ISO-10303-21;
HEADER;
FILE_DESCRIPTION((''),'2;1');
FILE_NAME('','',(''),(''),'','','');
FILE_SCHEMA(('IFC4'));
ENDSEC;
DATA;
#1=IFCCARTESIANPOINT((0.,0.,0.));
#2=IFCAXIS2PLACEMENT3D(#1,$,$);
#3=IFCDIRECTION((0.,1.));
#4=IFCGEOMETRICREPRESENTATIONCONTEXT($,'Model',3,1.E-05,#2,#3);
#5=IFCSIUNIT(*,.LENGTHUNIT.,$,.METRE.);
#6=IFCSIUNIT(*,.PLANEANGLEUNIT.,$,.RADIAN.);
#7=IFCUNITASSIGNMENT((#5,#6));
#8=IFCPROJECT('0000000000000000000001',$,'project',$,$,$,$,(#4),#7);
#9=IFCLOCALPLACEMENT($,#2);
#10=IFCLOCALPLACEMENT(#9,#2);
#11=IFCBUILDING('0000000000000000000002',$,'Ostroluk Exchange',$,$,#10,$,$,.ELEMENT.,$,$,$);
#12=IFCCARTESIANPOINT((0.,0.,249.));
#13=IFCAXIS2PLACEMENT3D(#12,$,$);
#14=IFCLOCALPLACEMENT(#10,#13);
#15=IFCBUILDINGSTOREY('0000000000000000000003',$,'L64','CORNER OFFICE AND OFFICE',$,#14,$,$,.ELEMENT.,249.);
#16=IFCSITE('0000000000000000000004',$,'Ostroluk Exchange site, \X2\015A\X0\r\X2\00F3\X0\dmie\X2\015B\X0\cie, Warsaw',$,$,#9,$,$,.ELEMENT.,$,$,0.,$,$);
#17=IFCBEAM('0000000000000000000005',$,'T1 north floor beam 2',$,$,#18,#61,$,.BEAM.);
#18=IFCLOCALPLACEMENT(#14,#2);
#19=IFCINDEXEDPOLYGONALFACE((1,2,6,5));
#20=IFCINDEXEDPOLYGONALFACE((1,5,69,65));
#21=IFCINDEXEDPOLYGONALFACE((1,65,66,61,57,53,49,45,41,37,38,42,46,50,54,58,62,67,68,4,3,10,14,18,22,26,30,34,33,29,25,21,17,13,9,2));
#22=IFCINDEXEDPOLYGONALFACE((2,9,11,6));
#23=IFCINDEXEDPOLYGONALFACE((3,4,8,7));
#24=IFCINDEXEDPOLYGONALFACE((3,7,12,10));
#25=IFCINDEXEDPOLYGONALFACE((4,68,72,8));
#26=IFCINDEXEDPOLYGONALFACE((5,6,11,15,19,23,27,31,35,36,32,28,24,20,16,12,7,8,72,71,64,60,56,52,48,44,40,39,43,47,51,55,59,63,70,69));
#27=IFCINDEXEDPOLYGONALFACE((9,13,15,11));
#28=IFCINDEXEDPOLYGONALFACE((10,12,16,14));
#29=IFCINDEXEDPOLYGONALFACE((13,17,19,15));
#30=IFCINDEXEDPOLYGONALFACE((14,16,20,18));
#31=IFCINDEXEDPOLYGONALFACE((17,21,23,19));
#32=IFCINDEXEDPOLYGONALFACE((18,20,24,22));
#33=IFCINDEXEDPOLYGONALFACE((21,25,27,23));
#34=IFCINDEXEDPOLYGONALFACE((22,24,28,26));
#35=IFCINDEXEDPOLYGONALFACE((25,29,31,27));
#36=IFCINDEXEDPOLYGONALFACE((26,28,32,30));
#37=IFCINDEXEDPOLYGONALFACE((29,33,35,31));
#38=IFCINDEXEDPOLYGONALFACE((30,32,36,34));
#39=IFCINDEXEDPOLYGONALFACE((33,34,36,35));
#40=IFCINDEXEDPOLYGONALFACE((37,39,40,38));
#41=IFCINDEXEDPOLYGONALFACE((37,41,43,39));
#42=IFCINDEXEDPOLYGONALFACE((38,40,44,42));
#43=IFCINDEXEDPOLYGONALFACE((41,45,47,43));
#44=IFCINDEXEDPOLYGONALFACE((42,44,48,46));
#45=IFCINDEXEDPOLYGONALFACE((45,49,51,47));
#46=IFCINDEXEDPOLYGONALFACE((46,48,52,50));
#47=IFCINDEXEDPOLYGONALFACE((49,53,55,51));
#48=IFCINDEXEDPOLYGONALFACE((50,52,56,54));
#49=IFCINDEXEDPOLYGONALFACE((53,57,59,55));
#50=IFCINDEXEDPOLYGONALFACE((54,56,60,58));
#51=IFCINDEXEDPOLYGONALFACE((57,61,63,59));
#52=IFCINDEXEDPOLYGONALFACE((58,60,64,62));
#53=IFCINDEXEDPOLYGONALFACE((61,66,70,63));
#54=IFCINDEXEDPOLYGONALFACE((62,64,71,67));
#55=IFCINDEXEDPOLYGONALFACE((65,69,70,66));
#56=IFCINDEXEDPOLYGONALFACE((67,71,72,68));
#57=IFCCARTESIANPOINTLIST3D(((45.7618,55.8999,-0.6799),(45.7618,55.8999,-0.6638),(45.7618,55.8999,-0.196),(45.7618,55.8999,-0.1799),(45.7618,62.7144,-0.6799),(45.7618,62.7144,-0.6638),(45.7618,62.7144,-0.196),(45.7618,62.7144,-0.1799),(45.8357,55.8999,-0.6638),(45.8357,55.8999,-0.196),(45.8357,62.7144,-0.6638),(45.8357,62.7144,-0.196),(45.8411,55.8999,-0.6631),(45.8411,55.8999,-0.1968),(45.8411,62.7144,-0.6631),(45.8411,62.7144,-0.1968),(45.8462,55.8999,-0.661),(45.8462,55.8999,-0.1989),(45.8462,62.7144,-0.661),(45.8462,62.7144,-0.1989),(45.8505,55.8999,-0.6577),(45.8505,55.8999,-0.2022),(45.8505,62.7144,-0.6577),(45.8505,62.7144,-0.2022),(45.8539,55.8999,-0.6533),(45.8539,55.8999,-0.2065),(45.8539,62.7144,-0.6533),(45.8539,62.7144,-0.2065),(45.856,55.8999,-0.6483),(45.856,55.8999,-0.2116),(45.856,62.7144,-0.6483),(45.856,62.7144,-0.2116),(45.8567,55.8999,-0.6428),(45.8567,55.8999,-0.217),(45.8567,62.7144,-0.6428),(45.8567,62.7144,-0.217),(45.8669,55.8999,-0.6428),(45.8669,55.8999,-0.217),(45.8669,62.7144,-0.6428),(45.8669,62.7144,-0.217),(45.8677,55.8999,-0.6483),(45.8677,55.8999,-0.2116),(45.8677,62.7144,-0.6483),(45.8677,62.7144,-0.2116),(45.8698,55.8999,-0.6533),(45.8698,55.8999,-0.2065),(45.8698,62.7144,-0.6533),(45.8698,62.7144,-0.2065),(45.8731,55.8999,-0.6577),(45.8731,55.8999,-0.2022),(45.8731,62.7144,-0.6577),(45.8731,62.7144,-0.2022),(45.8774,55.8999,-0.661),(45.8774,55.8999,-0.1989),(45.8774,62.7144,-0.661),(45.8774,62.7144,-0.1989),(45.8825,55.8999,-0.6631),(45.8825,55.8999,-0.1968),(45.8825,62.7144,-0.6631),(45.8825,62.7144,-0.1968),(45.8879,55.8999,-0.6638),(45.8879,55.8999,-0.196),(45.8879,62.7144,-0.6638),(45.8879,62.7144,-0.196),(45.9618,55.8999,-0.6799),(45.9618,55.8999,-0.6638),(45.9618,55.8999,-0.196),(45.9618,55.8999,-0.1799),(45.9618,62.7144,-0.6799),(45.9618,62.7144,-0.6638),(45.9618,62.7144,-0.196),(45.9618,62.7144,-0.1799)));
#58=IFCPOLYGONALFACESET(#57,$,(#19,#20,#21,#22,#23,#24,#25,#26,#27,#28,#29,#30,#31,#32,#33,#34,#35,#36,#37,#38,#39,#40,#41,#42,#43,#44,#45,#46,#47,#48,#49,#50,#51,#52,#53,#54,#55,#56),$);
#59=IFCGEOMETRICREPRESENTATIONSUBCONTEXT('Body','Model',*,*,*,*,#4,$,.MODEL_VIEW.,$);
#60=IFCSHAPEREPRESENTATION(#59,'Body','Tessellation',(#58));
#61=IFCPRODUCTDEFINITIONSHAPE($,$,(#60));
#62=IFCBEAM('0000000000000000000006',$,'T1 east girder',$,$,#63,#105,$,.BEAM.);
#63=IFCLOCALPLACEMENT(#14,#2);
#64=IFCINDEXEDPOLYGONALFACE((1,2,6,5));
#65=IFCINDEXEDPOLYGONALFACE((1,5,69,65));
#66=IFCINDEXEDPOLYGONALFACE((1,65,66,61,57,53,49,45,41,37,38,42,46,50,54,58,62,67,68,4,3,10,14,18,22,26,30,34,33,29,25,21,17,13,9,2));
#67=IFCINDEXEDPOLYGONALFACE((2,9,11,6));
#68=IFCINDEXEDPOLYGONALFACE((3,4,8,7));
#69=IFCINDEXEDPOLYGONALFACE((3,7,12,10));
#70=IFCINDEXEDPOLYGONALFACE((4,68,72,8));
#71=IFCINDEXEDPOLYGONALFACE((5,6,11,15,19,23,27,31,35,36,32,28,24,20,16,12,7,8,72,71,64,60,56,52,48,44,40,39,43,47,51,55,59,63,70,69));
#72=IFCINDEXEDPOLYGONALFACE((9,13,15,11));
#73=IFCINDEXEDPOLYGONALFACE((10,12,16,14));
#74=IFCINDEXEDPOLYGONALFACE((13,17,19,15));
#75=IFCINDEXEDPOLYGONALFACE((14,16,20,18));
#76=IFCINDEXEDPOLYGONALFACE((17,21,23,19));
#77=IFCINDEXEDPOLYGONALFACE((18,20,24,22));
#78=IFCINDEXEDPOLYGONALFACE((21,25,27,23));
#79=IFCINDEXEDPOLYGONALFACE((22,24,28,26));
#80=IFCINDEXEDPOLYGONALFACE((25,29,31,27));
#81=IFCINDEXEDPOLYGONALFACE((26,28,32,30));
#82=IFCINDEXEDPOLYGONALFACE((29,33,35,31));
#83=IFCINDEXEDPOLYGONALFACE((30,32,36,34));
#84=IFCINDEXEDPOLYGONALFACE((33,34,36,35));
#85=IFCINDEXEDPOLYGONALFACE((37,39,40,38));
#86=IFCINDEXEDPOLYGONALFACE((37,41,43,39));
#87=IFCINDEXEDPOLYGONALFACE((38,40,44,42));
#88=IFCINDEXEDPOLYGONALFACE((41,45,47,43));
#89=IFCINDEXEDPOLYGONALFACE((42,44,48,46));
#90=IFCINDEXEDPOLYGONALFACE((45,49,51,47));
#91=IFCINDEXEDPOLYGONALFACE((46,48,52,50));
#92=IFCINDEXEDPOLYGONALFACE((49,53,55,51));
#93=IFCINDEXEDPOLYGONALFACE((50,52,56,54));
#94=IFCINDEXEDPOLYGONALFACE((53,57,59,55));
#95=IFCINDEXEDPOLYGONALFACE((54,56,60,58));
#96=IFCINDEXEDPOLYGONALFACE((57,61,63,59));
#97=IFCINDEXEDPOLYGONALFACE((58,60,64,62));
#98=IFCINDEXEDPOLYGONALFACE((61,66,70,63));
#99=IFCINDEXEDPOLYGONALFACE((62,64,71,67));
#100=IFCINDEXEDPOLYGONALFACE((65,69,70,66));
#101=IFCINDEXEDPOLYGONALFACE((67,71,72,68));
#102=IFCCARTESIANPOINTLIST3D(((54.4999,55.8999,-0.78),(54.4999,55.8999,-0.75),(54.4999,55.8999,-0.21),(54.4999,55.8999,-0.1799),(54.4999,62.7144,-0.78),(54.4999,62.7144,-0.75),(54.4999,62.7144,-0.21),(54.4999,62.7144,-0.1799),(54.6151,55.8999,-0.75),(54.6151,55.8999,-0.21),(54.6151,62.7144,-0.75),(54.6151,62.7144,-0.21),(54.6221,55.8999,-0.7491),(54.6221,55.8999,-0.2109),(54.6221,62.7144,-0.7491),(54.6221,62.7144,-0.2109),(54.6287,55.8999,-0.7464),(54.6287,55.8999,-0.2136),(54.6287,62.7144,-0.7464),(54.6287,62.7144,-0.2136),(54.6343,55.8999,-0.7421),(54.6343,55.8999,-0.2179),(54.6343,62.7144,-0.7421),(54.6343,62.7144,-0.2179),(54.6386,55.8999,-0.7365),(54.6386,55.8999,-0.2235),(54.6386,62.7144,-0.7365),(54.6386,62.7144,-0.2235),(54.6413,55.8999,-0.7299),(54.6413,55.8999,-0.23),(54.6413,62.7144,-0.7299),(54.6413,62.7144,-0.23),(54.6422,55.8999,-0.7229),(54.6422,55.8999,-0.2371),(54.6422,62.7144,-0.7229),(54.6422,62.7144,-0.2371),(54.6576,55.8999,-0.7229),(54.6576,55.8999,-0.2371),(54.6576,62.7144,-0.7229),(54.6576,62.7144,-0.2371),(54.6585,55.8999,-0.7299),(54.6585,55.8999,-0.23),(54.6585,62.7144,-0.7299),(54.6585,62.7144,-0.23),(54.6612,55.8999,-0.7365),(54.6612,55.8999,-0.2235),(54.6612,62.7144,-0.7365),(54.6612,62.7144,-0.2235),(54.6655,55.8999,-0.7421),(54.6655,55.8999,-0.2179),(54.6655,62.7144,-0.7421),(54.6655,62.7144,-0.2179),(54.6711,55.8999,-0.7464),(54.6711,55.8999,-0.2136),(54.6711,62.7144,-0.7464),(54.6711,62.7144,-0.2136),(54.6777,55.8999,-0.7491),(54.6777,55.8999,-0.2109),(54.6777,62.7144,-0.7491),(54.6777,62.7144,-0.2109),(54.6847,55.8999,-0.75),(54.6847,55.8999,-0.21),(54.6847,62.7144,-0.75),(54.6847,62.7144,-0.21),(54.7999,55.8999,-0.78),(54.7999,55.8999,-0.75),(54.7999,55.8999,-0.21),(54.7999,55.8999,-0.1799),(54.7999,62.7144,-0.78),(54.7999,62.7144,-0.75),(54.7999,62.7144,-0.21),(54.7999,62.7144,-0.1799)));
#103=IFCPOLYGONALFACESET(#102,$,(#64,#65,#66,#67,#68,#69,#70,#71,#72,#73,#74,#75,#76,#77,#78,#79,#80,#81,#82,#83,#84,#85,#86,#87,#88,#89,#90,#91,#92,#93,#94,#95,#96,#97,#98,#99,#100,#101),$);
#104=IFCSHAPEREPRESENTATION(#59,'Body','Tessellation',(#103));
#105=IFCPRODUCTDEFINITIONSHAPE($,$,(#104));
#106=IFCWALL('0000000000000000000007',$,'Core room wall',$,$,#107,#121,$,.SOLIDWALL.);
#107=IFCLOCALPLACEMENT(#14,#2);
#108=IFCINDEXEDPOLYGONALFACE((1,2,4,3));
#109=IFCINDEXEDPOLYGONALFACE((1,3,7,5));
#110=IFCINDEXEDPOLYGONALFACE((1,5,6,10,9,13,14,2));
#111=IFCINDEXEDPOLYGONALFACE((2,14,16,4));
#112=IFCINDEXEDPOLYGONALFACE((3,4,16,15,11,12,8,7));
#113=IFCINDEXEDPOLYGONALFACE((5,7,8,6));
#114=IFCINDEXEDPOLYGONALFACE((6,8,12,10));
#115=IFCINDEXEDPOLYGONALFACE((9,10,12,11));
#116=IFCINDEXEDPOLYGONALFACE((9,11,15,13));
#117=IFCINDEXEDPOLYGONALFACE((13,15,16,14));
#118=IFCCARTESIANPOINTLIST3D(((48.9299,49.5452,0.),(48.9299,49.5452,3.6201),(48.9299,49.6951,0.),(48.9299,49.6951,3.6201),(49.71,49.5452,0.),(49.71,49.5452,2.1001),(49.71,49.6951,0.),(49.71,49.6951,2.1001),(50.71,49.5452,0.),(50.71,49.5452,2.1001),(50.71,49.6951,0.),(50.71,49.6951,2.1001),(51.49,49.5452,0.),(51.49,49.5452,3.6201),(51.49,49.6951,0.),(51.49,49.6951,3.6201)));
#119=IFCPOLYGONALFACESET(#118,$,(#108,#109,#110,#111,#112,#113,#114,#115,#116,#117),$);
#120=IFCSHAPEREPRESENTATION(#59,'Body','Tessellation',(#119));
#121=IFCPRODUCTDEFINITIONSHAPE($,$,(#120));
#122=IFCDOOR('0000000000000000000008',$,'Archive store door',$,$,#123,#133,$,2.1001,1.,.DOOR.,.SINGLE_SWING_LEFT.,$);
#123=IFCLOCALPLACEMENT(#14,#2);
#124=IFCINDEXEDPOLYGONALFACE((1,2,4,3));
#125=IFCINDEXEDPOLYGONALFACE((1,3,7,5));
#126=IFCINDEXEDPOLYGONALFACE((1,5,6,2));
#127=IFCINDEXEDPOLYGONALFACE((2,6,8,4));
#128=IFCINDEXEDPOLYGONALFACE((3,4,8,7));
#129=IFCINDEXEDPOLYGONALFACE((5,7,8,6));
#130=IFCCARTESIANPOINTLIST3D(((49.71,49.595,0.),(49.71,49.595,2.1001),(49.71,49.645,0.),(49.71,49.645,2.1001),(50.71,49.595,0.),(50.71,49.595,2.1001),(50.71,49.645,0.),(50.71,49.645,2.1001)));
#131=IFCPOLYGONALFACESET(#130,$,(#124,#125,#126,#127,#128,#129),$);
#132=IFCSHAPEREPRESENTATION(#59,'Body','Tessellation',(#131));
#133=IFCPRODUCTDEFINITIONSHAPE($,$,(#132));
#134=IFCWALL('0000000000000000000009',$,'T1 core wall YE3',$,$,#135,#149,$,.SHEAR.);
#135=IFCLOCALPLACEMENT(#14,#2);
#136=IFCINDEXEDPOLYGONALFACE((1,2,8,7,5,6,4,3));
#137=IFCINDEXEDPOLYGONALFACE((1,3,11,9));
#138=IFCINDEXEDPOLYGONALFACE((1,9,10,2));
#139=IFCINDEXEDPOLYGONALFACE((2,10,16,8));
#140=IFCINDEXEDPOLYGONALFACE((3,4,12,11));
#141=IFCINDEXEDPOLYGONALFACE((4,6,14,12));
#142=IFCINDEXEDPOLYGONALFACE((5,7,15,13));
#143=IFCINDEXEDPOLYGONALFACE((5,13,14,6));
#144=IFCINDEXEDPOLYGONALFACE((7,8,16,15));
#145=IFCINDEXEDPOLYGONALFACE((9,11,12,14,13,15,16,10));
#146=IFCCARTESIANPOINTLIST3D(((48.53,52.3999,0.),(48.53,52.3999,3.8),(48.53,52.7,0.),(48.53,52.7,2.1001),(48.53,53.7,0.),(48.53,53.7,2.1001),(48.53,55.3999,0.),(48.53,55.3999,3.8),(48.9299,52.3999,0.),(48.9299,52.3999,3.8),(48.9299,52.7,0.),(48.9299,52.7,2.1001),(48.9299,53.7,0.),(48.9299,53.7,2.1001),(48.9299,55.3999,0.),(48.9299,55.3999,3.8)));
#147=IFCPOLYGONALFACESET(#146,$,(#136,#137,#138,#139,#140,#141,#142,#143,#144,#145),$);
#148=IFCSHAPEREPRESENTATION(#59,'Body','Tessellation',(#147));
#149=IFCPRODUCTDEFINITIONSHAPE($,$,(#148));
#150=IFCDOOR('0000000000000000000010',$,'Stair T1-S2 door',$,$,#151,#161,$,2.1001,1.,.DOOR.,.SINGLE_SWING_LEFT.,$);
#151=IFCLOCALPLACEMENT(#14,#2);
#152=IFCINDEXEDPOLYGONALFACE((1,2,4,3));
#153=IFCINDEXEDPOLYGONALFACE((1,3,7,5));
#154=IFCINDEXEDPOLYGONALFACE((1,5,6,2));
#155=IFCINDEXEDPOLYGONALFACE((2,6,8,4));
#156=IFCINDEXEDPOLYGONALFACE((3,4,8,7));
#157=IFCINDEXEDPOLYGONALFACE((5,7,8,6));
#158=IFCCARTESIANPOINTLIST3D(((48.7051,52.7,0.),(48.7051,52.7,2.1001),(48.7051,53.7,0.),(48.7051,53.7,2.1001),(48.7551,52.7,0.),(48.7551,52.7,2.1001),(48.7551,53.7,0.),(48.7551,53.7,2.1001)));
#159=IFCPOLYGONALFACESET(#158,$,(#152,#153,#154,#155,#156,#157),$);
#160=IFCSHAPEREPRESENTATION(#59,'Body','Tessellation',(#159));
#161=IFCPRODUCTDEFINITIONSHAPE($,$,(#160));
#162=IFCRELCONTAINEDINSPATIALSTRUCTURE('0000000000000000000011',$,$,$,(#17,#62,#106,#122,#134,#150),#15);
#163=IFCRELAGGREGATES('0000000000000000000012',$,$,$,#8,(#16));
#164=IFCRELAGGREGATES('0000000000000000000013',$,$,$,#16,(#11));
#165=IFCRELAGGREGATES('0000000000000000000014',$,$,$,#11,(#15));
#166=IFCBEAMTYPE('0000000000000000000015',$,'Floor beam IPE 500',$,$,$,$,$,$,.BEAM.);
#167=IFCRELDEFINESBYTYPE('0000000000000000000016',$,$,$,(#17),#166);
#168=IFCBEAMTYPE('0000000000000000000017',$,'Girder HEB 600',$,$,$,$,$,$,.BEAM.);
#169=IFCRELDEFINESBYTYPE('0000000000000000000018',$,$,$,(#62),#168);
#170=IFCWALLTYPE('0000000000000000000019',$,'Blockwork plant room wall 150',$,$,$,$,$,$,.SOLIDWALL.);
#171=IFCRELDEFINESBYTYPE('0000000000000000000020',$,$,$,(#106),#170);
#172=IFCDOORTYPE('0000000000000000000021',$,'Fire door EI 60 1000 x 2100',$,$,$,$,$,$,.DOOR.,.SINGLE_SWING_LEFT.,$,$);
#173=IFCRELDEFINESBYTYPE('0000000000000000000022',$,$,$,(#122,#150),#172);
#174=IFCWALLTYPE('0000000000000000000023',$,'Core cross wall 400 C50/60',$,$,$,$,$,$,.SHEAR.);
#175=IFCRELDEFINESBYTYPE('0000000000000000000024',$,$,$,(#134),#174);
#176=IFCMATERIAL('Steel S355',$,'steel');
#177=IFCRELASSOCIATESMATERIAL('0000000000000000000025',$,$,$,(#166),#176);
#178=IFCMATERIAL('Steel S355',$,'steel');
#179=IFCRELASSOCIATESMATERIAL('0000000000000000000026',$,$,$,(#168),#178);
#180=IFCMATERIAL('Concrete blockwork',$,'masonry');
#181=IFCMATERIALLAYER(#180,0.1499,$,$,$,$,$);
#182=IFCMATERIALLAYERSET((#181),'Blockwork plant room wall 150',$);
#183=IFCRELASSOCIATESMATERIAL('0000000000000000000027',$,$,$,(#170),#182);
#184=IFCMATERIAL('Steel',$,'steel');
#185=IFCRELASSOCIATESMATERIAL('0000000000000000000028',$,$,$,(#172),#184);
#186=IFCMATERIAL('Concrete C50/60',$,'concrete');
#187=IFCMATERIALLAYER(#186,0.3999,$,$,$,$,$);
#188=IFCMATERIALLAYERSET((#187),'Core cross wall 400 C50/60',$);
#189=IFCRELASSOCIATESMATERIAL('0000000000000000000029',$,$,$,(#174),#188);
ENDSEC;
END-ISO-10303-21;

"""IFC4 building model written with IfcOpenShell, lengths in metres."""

from ifc_helpers import new_model, si_unit, direction, frame, frame_2d, origin, origin_2d, place, context, subcontext, project, spatial, rectangle, i_section, extrude, material, layer, layer_set, material_profile, profile_set, type_object, element, fill, save


model = new_model("IFC4")

# Units and contexts
model_context = context("Model", 3, precision=1e-05, world=origin(), true_north=direction((0.0, 1.0)))
body_context = subcontext(model_context, "Body", "Model", "MODEL_VIEW")
ifc_project = project(units=[si_unit("LENGTHUNIT", "METRE"), si_unit("PLANEANGLEUNIT", "RADIAN")], contexts=[model_context])

# Site, building, storey
site_placement = place(None, origin())
site = spatial("IfcSite", under=ifc_project, at=site_placement, Name="Ostroluk Exchange site, Śródmieście, Warsaw", CompositionType="ELEMENT", RefElevation=0.0)
building_placement = place(site_placement, origin())
building = spatial("IfcBuilding", under=site, at=building_placement, Name="Ostroluk Exchange", CompositionType="ELEMENT")
storey_placement = place(building_placement, frame((0.0, 0.0, 249.0)))
storey = spatial("IfcBuildingStorey", under=building, at=storey_placement, Name="L64", Description="CORNER OFFICE AND OFFICE", CompositionType="ELEMENT", Elevation=249.0)

# Beams
ifc_material_1 = material(Name="Steel S355", Category="steel")
ifc_material_profile_1 = material_profile(ifc_material_1, i_section(OverallWidth=0.2, OverallDepth=0.5, WebThickness=0.0103, FlangeThickness=0.0161, FilletRadius=0.021, at=origin_2d()), Name="IPE 500")
ifc_profile_set_1 = profile_set([ifc_material_profile_1], Name="Steel S355")
beam_type_1 = type_object("IfcBeamType", Name="Floor beam IPE 500", PredefinedType="BEAM", material=ifc_profile_set_1)
for number, where, z_axis, x_axis, name in (
    (1, (45.8618, 55.8999, -0.4299), (0.0, 1.0, 0.0), (-1.0, 0.0, 0.0), "T1 north floor beam 2"),
):
    element("IfcBeam", number, at=place(storey_placement, frame(where, z_axis=z_axis, x_axis=x_axis)), inside=storey, type_object=beam_type_1, Name=name, PredefinedType="BEAM", context=body_context, shape_type="SweptSolid", body=[
        extrude(i_section(OverallWidth=0.2, OverallDepth=0.5, WebThickness=0.0103, FlangeThickness=0.0161, FilletRadius=0.021, at=origin_2d()), origin(), (0.0, 0.0, 1.0), 6.8145),
    ])
ifc_material_2 = material(Name="Steel S355", Category="steel")
ifc_material_profile_2 = material_profile(ifc_material_2, i_section(OverallWidth=0.3, OverallDepth=0.6001, WebThickness=0.0154, FlangeThickness=0.03, FilletRadius=0.0271, at=origin_2d()), Name="HEB 600")
ifc_profile_set_2 = profile_set([ifc_material_profile_2], Name="Steel S355")
beam_type_2 = type_object("IfcBeamType", Name="Girder HEB 600", PredefinedType="BEAM", material=ifc_profile_set_2)
beam_placement = place(storey_placement, frame((54.6499, 55.8999, -0.48), z_axis=(0.0, 1.0, 0.0), x_axis=(-1.0, 0.0, 0.0)))
element("IfcBeam", 2, at=beam_placement, inside=storey, type_object=beam_type_2, Name="T1 east girder", PredefinedType="BEAM", context=body_context, shape_type="SweptSolid", body=[
    extrude(i_section(OverallWidth=0.3, OverallDepth=0.6001, WebThickness=0.0154, FlangeThickness=0.03, FilletRadius=0.0271, at=origin_2d()), origin(), (0.0, 0.0, 1.0), 6.8145),
])

# Walls, openings, doors
ifc_material_3 = material(Name="Concrete blockwork", Category="masonry")
ifc_layer_1 = layer(ifc_material_3, 0.1499)
ifc_layer_set_1 = layer_set([ifc_layer_1], Name="Blockwork plant room wall 150")
wall_type_1 = type_object("IfcWallType", Name="Blockwork plant room wall 150", PredefinedType="SOLIDWALL", material=ifc_layer_set_1)
wall_1_placement = place(storey_placement, frame((48.9299, 49.6201, 0.0), z_axis=(0.0, 0.0, 1.0), x_axis=(1.0, 0.0, 0.0)))
wall_1 = element("IfcWall", 3, at=wall_1_placement, inside=storey, type_object=wall_type_1, Name="Core room wall", PredefinedType="SOLIDWALL", context=body_context, shape_type="SweptSolid", body=[
    extrude(rectangle(XDim=2.5601, YDim=0.1499, at=frame_2d((1.28, 0.0))), origin(), (0.0, 0.0, 1.0), 3.6201),
])
opening_1_placement = place(wall_1_placement, frame((0.78, 0.0, 0.0)))
opening_1 = element("IfcOpeningElement", 4, at=opening_1_placement, cuts=wall_1, PredefinedType="OPENING", context=body_context, shape_type="SweptSolid", body=[
    extrude(rectangle(XDim=1.0, YDim=2.1001, at=frame_2d((0.5, 1.05))), frame((0.0, 0.085, 0.0), z_axis=(0.0, -1.0, 0.0), x_axis=(1.0, 0.0, 0.0)), (0.0, 0.0, 1.0), 0.1699),
])
ifc_material_4 = material(Name="Steel", Category="steel")
door_type_1 = type_object("IfcDoorType", Name="Fire door EI 60 1000 x 2100", OperationType="SINGLE_SWING_LEFT", PredefinedType="DOOR", material=ifc_material_4)
door_1_placement = place(opening_1_placement, origin())
door_1 = element("IfcDoor", 5, at=door_1_placement, inside=storey, type_object=door_type_1, Name="Archive store door", OperationType="SINGLE_SWING_LEFT", OverallHeight=2.1001, OverallWidth=1.0, PredefinedType="DOOR", context=body_context, shape_type="SweptSolid", body=[
    extrude(rectangle(XDim=1.0, YDim=2.1001, at=frame_2d((0.5, 1.05))), frame((0.0, 0.0249, 0.0), z_axis=(0.0, -1.0, 0.0), x_axis=(1.0, 0.0, 0.0)), (0.0, 0.0, 1.0), 0.05),
])
fill(opening_1, door_1)
ifc_material_5 = material(Name="Concrete C50/60", Category="concrete")
ifc_layer_2 = layer(ifc_material_5, 0.3999)
ifc_layer_set_2 = layer_set([ifc_layer_2], Name="Core cross wall 400 C50/60")
wall_type_2 = type_object("IfcWallType", Name="Core cross wall 400 C50/60", PredefinedType="SHEAR", material=ifc_layer_set_2)
wall_2_placement = place(storey_placement, frame((48.73, 52.3999, 0.0), z_axis=(0.0, 0.0, 1.0), x_axis=(0.0, 1.0, 0.0)))
wall_2 = element("IfcWall", 6, at=wall_2_placement, inside=storey, type_object=wall_type_2, Name="T1 core wall YE3", PredefinedType="SHEAR", context=body_context, shape_type="SweptSolid", body=[
    extrude(rectangle(XDim=3.0, YDim=0.3999, at=frame_2d((1.5, 0.0))), origin(), (0.0, 0.0, 1.0), 3.8),
])
opening_2_placement = place(wall_2_placement, frame((0.3, 0.0, 0.0)))
opening_2 = element("IfcOpeningElement", 7, at=opening_2_placement, cuts=wall_2, PredefinedType="OPENING", context=body_context, shape_type="SweptSolid", body=[
    extrude(rectangle(XDim=1.0, YDim=2.1001, at=frame_2d((0.5, 1.05))), frame((0.0, 0.21, 0.0), z_axis=(0.0, -1.0, 0.0), x_axis=(1.0, 0.0, 0.0)), (0.0, 0.0, 1.0), 0.4199),
])
door_2_placement = place(opening_2_placement, origin())
door_2 = element("IfcDoor", 8, at=door_2_placement, inside=storey, type_object=door_type_1, Name="Stair T1-S2 door", OperationType="SINGLE_SWING_LEFT", OverallHeight=2.1001, OverallWidth=1.0, PredefinedType="DOOR", context=body_context, shape_type="SweptSolid", body=[
    extrude(rectangle(XDim=1.0, YDim=2.1001, at=frame_2d((0.5, 1.05))), frame((0.0, 0.0249, 0.0), z_axis=(0.0, -1.0, 0.0), x_axis=(1.0, 0.0, 0.0)), (0.0, 0.0, 1.0), 0.05),
])
fill(opening_2, door_2)

save(model, "model.ifc")
